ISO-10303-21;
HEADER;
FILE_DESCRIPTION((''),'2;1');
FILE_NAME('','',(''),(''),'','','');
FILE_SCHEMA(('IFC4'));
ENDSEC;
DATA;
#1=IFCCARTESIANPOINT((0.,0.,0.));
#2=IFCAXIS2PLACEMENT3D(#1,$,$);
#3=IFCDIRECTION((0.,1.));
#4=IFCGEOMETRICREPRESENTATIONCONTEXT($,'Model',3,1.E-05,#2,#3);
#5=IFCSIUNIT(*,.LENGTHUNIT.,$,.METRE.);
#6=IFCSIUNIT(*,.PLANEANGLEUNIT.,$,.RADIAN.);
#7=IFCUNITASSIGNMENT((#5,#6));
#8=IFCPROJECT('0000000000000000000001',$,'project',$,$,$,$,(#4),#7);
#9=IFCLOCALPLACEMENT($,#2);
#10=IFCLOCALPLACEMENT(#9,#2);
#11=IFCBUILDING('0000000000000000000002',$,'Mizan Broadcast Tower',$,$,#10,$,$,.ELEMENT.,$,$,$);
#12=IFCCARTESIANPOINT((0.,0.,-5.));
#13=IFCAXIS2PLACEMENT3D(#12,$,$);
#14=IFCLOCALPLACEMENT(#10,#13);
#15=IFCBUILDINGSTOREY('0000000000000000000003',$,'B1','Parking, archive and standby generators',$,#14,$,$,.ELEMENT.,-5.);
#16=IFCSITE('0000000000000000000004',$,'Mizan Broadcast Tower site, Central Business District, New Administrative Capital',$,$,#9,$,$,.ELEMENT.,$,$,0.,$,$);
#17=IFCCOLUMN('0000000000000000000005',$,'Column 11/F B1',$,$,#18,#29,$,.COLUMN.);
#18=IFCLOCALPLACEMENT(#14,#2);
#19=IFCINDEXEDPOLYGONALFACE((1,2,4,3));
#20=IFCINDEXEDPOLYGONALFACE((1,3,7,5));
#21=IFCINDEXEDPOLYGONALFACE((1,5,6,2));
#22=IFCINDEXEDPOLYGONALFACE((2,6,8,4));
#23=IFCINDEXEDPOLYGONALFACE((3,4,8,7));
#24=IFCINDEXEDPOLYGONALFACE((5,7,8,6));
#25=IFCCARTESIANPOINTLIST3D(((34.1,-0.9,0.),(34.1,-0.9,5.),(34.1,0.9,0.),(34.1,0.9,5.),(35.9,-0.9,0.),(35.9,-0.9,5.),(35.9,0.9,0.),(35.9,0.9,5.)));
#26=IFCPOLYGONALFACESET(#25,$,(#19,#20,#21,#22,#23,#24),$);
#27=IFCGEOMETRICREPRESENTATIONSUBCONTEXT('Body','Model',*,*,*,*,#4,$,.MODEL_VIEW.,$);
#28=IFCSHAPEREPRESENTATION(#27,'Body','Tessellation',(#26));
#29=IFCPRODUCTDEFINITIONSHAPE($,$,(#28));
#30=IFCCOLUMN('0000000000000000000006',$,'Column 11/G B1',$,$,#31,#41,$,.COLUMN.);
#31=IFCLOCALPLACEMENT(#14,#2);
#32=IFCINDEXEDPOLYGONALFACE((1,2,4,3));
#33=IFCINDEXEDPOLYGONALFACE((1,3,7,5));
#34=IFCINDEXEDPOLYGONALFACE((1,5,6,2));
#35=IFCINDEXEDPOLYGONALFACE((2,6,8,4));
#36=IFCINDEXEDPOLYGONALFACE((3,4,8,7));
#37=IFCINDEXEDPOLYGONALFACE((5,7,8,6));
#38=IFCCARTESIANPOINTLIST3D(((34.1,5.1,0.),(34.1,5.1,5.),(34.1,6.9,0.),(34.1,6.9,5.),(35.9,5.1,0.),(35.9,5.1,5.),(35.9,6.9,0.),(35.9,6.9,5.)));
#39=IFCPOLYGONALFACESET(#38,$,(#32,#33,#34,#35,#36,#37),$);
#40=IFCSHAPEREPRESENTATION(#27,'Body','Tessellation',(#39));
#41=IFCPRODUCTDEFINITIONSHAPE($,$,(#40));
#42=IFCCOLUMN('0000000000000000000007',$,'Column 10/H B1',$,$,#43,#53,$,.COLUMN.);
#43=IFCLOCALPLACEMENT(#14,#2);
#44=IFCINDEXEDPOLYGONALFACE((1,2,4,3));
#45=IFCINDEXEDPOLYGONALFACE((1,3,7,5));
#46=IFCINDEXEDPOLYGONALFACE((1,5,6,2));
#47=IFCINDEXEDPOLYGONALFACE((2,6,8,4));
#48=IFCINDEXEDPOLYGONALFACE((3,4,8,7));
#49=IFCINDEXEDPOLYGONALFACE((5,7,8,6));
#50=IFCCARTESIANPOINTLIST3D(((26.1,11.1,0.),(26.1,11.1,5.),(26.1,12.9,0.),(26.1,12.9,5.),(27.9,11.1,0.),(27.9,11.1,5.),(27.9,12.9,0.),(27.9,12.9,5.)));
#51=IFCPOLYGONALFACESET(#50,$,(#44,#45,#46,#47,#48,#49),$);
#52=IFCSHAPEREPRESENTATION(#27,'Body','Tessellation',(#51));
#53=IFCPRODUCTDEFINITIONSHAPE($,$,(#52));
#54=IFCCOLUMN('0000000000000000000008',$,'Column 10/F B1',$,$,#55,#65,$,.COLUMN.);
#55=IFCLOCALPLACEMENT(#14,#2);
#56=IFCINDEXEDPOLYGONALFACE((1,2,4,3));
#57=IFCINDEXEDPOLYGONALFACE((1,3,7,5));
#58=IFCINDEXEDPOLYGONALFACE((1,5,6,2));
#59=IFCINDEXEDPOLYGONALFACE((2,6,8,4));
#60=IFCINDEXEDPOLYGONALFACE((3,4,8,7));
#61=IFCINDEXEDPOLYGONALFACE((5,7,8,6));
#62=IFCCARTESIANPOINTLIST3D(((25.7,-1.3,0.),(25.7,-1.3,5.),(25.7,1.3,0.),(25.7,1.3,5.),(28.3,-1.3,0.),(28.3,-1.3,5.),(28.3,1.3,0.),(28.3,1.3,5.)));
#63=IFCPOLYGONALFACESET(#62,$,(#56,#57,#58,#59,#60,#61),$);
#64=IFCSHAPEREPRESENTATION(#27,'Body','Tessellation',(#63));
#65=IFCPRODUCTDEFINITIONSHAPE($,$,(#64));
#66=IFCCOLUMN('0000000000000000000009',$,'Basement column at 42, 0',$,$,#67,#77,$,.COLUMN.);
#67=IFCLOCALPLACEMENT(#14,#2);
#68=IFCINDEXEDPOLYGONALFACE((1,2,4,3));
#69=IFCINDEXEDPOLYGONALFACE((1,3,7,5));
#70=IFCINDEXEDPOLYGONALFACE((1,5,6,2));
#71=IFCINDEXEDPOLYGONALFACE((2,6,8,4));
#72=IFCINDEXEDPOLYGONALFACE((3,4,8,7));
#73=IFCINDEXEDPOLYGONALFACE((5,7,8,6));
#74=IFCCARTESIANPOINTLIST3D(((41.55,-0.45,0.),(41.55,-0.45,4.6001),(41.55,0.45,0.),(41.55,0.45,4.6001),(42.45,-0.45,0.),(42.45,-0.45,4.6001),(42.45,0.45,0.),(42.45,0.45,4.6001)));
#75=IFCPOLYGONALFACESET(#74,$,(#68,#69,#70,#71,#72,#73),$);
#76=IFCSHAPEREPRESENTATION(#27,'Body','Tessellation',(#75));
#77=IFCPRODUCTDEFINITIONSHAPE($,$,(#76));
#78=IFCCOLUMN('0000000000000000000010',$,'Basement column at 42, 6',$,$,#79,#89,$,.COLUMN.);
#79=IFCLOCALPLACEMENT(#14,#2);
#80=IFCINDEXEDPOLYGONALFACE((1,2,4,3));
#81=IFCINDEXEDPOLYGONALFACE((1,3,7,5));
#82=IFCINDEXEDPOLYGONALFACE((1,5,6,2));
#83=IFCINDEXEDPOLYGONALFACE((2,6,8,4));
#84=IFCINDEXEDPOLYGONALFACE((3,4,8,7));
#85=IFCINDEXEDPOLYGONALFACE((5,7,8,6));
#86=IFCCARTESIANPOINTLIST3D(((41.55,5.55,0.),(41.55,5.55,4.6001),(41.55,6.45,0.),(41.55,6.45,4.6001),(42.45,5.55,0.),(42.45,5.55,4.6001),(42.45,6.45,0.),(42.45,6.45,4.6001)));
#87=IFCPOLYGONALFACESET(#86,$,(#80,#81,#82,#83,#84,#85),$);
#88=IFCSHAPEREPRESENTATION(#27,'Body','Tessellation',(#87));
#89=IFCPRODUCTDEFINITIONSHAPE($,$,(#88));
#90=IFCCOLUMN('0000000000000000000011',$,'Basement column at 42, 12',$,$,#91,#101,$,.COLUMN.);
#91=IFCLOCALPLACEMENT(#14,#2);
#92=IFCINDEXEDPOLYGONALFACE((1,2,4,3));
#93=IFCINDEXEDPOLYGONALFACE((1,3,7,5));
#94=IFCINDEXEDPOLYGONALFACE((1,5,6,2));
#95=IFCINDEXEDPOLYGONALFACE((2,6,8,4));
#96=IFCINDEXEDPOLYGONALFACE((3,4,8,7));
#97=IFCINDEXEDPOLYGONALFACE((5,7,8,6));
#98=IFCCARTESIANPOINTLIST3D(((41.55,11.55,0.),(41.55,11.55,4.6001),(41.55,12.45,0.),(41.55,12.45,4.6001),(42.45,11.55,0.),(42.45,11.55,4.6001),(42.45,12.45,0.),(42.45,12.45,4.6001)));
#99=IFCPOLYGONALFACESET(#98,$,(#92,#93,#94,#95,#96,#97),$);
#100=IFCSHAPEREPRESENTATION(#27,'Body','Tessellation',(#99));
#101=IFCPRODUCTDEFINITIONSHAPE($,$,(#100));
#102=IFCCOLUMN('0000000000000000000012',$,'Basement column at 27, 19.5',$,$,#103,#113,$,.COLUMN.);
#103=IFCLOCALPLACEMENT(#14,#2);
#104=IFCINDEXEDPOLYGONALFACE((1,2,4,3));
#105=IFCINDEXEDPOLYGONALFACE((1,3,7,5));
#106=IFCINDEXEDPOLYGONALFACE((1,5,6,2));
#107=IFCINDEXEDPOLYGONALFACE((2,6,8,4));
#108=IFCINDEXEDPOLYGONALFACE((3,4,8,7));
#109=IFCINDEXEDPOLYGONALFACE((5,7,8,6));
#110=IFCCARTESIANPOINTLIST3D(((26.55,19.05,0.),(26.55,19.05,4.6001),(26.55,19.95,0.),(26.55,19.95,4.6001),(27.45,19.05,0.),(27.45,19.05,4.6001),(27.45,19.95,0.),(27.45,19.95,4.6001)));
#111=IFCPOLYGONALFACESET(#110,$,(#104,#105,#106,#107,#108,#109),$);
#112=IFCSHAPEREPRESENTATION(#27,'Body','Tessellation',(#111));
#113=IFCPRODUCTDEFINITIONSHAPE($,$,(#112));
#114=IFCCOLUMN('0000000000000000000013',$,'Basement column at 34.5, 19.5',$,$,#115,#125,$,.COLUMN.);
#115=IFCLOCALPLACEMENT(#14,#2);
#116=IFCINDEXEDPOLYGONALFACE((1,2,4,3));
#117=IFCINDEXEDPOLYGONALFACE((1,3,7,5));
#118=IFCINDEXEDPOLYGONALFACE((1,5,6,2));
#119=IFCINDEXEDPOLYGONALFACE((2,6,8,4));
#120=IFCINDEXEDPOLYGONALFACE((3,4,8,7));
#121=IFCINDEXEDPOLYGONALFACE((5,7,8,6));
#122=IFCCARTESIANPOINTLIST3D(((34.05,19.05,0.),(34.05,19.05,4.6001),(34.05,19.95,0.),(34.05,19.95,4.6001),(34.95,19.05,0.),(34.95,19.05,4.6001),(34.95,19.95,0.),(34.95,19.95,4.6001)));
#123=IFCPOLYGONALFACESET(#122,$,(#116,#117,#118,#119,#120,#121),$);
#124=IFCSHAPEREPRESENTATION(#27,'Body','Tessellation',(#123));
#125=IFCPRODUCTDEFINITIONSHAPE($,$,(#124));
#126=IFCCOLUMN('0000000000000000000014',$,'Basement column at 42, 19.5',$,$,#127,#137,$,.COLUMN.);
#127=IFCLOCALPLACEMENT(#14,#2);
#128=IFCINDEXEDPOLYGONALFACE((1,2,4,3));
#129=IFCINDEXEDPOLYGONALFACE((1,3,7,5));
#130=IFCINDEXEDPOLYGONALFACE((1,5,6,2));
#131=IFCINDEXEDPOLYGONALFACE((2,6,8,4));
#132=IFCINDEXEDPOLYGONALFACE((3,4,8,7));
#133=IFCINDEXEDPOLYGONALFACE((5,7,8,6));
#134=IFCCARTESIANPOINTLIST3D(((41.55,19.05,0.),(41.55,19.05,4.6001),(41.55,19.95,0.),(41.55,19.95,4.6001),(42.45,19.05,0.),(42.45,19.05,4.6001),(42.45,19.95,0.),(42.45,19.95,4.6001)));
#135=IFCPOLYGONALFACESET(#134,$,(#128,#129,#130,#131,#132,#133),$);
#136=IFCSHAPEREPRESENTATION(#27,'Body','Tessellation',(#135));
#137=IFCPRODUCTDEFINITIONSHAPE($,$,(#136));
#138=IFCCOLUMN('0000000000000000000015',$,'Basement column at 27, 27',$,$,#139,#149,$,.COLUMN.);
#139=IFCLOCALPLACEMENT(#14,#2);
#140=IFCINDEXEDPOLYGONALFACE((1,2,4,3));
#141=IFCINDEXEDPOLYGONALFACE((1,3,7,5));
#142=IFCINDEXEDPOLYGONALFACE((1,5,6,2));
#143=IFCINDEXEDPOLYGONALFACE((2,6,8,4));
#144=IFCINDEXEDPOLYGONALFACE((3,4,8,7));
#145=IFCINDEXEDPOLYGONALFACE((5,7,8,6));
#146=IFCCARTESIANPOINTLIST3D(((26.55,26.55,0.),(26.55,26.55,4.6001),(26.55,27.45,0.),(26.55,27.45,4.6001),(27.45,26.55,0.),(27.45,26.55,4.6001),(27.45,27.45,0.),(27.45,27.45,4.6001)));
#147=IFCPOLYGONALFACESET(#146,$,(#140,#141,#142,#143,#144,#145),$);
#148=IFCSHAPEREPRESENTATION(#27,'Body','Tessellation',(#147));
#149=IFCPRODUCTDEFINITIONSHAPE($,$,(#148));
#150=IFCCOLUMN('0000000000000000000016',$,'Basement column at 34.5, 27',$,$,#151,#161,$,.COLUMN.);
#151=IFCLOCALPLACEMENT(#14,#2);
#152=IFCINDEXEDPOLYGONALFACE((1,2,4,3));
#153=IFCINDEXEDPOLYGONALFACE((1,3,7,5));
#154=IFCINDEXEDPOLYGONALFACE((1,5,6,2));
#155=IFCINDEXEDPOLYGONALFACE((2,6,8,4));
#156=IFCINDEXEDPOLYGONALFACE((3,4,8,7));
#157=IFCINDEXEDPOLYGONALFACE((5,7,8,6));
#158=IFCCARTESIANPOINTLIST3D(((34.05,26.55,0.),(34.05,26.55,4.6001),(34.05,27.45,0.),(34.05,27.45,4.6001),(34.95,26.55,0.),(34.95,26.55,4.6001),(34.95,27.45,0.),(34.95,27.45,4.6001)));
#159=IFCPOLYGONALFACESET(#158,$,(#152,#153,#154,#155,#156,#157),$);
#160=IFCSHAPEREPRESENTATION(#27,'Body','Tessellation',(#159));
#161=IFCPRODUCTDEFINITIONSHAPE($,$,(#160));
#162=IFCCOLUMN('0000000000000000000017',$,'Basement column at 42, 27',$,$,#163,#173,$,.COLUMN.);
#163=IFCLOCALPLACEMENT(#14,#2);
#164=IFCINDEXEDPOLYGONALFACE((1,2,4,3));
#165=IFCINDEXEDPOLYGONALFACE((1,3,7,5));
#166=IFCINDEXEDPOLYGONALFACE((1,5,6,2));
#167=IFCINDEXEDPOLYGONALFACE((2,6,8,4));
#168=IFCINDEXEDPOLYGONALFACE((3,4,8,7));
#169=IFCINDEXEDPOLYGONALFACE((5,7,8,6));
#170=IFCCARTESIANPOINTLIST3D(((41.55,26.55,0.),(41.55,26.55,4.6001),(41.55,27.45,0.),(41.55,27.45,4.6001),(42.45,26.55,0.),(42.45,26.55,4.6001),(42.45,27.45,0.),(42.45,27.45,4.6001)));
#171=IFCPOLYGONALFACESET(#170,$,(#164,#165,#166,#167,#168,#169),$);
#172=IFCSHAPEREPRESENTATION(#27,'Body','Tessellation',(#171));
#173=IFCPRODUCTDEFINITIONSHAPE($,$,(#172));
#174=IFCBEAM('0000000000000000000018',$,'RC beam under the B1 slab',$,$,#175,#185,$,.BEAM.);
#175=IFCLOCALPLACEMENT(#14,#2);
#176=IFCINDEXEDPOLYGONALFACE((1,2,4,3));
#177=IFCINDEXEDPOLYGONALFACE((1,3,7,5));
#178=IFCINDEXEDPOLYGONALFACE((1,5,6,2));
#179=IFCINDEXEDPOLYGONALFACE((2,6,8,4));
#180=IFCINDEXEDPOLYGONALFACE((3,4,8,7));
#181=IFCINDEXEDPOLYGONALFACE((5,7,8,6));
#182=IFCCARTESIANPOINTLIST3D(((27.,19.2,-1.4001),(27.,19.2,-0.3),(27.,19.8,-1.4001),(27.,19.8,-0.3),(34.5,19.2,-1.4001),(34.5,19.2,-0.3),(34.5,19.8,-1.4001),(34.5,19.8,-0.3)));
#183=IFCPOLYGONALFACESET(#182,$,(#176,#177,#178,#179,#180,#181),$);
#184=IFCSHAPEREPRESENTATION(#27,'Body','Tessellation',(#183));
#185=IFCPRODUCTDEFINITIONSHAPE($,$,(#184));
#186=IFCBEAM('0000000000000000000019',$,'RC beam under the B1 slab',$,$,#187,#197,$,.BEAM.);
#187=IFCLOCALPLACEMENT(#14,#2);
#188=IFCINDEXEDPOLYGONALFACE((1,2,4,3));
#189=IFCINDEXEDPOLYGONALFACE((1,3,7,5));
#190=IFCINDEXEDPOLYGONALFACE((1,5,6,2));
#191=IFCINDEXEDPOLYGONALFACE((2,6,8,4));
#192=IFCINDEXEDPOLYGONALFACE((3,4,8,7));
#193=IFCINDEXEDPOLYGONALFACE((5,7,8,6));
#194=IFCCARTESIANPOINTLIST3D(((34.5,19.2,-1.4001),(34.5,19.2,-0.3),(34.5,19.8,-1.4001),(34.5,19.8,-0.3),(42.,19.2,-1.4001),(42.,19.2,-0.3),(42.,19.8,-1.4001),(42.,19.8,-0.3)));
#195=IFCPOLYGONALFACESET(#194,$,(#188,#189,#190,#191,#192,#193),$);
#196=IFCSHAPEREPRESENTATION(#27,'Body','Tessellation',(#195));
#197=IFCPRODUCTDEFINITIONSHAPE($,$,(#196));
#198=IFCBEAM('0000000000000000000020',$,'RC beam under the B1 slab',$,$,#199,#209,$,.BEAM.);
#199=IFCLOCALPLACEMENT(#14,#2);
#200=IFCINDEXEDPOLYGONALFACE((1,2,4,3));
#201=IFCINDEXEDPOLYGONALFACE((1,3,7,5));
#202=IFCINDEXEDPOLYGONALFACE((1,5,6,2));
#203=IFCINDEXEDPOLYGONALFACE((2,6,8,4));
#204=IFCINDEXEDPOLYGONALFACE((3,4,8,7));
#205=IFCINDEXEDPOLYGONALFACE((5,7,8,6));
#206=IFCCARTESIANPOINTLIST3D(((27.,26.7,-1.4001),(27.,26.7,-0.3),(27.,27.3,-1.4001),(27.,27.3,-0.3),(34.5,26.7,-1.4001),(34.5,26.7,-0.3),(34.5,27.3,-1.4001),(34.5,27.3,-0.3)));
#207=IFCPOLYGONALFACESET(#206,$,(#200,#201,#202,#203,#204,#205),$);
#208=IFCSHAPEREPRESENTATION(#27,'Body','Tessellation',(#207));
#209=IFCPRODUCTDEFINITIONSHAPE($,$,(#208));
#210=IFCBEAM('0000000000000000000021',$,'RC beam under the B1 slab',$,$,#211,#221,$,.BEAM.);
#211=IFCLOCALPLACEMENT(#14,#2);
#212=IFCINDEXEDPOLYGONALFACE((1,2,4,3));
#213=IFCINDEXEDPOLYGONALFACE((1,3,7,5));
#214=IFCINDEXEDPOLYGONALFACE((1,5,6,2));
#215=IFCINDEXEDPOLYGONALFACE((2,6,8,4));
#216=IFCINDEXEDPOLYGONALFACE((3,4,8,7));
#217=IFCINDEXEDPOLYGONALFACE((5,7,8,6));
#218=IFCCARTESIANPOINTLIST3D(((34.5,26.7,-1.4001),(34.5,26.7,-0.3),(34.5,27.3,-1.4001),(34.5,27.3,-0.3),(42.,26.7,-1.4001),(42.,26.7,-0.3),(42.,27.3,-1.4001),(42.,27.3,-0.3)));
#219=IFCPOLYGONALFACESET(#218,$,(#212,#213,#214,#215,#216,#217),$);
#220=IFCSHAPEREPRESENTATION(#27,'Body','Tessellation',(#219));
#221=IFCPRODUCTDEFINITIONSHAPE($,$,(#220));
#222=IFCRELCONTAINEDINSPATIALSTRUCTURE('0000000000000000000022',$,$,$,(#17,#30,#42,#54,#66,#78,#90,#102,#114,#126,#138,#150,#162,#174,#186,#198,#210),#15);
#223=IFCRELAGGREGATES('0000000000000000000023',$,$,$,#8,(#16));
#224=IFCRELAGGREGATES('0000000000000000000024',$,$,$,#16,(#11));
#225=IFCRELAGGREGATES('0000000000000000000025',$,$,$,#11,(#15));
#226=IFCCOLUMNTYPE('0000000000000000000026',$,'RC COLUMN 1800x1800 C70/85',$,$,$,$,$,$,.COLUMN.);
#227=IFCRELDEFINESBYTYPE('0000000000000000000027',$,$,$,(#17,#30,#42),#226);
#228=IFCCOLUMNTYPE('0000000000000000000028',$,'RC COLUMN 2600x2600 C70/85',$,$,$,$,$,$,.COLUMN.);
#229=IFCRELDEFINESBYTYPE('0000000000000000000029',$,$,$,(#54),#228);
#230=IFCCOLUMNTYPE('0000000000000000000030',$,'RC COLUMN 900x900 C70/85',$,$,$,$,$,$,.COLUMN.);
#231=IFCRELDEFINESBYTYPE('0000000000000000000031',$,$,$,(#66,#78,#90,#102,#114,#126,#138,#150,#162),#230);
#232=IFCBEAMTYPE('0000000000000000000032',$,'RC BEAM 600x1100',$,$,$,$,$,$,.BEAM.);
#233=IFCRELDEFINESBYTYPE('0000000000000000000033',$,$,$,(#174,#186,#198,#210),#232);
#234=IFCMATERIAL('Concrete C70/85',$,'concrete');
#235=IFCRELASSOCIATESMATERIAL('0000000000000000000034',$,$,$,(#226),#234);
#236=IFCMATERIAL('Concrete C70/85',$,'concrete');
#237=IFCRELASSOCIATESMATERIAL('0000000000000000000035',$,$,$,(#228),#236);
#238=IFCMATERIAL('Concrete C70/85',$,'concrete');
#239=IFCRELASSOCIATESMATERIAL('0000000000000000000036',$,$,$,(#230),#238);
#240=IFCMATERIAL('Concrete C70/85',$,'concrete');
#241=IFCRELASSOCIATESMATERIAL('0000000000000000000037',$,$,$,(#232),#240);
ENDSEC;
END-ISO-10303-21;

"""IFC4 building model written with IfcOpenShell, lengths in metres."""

from ifc_helpers import new_model, si_unit, direction, frame, origin, origin_2d, place, context, subcontext, project, spatial, rectangle, extrude, material, material_profile, profile_set, type_object, element, save


model = new_model("IFC4")

# Units and contexts
model_context = context("Model", 3, precision=1e-05, world=origin(), true_north=direction((0.0, 1.0)))
body_context = subcontext(model_context, "Body", "Model", "MODEL_VIEW")
ifc_project = project(units=[si_unit("LENGTHUNIT", "METRE"), si_unit("PLANEANGLEUNIT", "RADIAN")], contexts=[model_context])

# Site, building, storey
site_placement = place(None, origin())
site = spatial("IfcSite", under=ifc_project, at=site_placement, Name="Mizan Broadcast Tower site, Central Business District, New Administrative Capital", CompositionType="ELEMENT", RefElevation=0.0)
building_placement = place(site_placement, origin())
building = spatial("IfcBuilding", under=site, at=building_placement, Name="Mizan Broadcast Tower", CompositionType="ELEMENT")
storey_placement = place(building_placement, frame((0.0, 0.0, -5.0)))
storey = spatial("IfcBuildingStorey", under=building, at=storey_placement, Name="B1", Description="Parking, archive and standby generators", CompositionType="ELEMENT", Elevation=-5.0)

# Columns
ifc_material_1 = material(Name="Concrete C70/85", Category="concrete")
ifc_material_profile_1 = material_profile(ifc_material_1, rectangle(XDim=1.8, YDim=1.8, at=origin_2d()), Name="RC 1800x1800")
ifc_profile_set_1 = profile_set([ifc_material_profile_1], Name="Concrete C70/85")
column_type_1 = type_object("IfcColumnType", Name="RC COLUMN 1800x1800 C70/85", PredefinedType="COLUMN", material=ifc_profile_set_1)
for number, where, z_axis, x_axis, name in (
    (1, (35.0, 0.0, 0.0), (0.0, 0.0, 1.0), (1.0, 0.0, 0.0), "Column 11/F B1"),
    (2, (35.0, 6.0, 0.0), (0.0, 0.0, 1.0), (1.0, 0.0, 0.0), "Column 11/G B1"),
    (3, (27.0, 12.0, 0.0), (0.0, 0.0, 1.0), (1.0, 0.0, 0.0), "Column 10/H B1"),
):
    element("IfcColumn", number, at=place(storey_placement, frame(where, z_axis=z_axis, x_axis=x_axis)), inside=storey, type_object=column_type_1, Name=name, PredefinedType="COLUMN", context=body_context, shape_type="SweptSolid", body=[
        extrude(rectangle(XDim=1.8, YDim=1.8, at=origin_2d()), origin(), (0.0, 0.0, 1.0), 5.0),
    ])
ifc_material_2 = material(Name="Concrete C70/85", Category="concrete")
ifc_material_profile_2 = material_profile(ifc_material_2, rectangle(XDim=2.6001, YDim=2.6001, at=origin_2d()), Name="RC 2600x2600")
ifc_profile_set_2 = profile_set([ifc_material_profile_2], Name="Concrete C70/85")
column_type_2 = type_object("IfcColumnType", Name="RC COLUMN 2600x2600 C70/85", PredefinedType="COLUMN", material=ifc_profile_set_2)
column_placement = place(storey_placement, frame((27.0, 0.0, 0.0), z_axis=(0.0, 0.0, 1.0), x_axis=(1.0, 0.0, 0.0)))
element("IfcColumn", 4, at=column_placement, inside=storey, type_object=column_type_2, Name="Column 10/F B1", PredefinedType="COLUMN", context=body_context, shape_type="SweptSolid", body=[
    extrude(rectangle(XDim=2.6001, YDim=2.6001, at=origin_2d()), origin(), (0.0, 0.0, 1.0), 5.0),
])
ifc_material_3 = material(Name="Concrete C70/85", Category="concrete")
ifc_material_profile_3 = material_profile(ifc_material_3, rectangle(XDim=0.8999, YDim=0.8999, at=origin_2d()), Name="RC 900x900")
ifc_profile_set_3 = profile_set([ifc_material_profile_3], Name="Concrete C70/85")
column_type_3 = type_object("IfcColumnType", Name="RC COLUMN 900x900 C70/85", PredefinedType="COLUMN", material=ifc_profile_set_3)
for number, where, z_axis, x_axis, name in (
    (5, (42.0, 0.0, 0.0), (0.0, 0.0, 1.0), (1.0, 0.0, 0.0), "Basement column at 42, 0"),
    (6, (42.0, 6.0, 0.0), (0.0, 0.0, 1.0), (1.0, 0.0, 0.0), "Basement column at 42, 6"),
    (7, (42.0, 12.0, 0.0), (0.0, 0.0, 1.0), (1.0, 0.0, 0.0), "Basement column at 42, 12"),
    (8, (27.0, 19.5, 0.0), (0.0, 0.0, 1.0), (1.0, 0.0, 0.0), "Basement column at 27, 19.5"),
    (9, (34.5, 19.5, 0.0), (0.0, 0.0, 1.0), (1.0, 0.0, 0.0), "Basement column at 34.5, 19.5"),
    (10, (42.0, 19.5, 0.0), (0.0, 0.0, 1.0), (1.0, 0.0, 0.0), "Basement column at 42, 19.5"),
    (11, (27.0, 27.0, 0.0), (0.0, 0.0, 1.0), (1.0, 0.0, 0.0), "Basement column at 27, 27"),
    (12, (34.5, 27.0, 0.0), (0.0, 0.0, 1.0), (1.0, 0.0, 0.0), "Basement column at 34.5, 27"),
    (13, (42.0, 27.0, 0.0), (0.0, 0.0, 1.0), (1.0, 0.0, 0.0), "Basement column at 42, 27"),
):
    element("IfcColumn", number, at=place(storey_placement, frame(where, z_axis=z_axis, x_axis=x_axis)), inside=storey, type_object=column_type_3, Name=name, PredefinedType="COLUMN", context=body_context, shape_type="SweptSolid", body=[
        extrude(rectangle(XDim=0.8999, YDim=0.8999, at=origin_2d()), origin(), (0.0, 0.0, 1.0), 4.6001),
    ])

# Beams
ifc_material_4 = material(Name="Concrete C70/85", Category="concrete")
ifc_material_profile_4 = material_profile(ifc_material_4, rectangle(XDim=0.6001, YDim=1.1001, at=origin_2d()), Name="RC 600x1100")
ifc_profile_set_4 = profile_set([ifc_material_profile_4], Name="Concrete C70/85")
beam_type = type_object("IfcBeamType", Name="RC BEAM 600x1100", PredefinedType="BEAM", material=ifc_profile_set_4)
for number, where, z_axis, x_axis, name in (
    (14, (27.0, 19.5, -0.8501), (1.0, 0.0, 0.0), (0.0, 1.0, 0.0), "RC beam under the B1 slab"),
    (15, (34.5, 19.5, -0.8501), (1.0, 0.0, 0.0), (0.0, 1.0, 0.0), "RC beam under the B1 slab"),
    (16, (27.0, 27.0, -0.8501), (1.0, 0.0, 0.0), (0.0, 1.0, 0.0), "RC beam under the B1 slab"),
    (17, (34.5, 27.0, -0.8501), (1.0, 0.0, 0.0), (0.0, 1.0, 0.0), "RC beam under the B1 slab"),
):
    element("IfcBeam", number, at=place(storey_placement, frame(where, z_axis=z_axis, x_axis=x_axis)), inside=storey, type_object=beam_type, Name=name, PredefinedType="BEAM", context=body_context, shape_type="SweptSolid", body=[
        extrude(rectangle(XDim=0.6001, YDim=1.1001, at=origin_2d()), origin(), (0.0, 0.0, 1.0), 7.5),
    ])

save(model, "model.ifc")
